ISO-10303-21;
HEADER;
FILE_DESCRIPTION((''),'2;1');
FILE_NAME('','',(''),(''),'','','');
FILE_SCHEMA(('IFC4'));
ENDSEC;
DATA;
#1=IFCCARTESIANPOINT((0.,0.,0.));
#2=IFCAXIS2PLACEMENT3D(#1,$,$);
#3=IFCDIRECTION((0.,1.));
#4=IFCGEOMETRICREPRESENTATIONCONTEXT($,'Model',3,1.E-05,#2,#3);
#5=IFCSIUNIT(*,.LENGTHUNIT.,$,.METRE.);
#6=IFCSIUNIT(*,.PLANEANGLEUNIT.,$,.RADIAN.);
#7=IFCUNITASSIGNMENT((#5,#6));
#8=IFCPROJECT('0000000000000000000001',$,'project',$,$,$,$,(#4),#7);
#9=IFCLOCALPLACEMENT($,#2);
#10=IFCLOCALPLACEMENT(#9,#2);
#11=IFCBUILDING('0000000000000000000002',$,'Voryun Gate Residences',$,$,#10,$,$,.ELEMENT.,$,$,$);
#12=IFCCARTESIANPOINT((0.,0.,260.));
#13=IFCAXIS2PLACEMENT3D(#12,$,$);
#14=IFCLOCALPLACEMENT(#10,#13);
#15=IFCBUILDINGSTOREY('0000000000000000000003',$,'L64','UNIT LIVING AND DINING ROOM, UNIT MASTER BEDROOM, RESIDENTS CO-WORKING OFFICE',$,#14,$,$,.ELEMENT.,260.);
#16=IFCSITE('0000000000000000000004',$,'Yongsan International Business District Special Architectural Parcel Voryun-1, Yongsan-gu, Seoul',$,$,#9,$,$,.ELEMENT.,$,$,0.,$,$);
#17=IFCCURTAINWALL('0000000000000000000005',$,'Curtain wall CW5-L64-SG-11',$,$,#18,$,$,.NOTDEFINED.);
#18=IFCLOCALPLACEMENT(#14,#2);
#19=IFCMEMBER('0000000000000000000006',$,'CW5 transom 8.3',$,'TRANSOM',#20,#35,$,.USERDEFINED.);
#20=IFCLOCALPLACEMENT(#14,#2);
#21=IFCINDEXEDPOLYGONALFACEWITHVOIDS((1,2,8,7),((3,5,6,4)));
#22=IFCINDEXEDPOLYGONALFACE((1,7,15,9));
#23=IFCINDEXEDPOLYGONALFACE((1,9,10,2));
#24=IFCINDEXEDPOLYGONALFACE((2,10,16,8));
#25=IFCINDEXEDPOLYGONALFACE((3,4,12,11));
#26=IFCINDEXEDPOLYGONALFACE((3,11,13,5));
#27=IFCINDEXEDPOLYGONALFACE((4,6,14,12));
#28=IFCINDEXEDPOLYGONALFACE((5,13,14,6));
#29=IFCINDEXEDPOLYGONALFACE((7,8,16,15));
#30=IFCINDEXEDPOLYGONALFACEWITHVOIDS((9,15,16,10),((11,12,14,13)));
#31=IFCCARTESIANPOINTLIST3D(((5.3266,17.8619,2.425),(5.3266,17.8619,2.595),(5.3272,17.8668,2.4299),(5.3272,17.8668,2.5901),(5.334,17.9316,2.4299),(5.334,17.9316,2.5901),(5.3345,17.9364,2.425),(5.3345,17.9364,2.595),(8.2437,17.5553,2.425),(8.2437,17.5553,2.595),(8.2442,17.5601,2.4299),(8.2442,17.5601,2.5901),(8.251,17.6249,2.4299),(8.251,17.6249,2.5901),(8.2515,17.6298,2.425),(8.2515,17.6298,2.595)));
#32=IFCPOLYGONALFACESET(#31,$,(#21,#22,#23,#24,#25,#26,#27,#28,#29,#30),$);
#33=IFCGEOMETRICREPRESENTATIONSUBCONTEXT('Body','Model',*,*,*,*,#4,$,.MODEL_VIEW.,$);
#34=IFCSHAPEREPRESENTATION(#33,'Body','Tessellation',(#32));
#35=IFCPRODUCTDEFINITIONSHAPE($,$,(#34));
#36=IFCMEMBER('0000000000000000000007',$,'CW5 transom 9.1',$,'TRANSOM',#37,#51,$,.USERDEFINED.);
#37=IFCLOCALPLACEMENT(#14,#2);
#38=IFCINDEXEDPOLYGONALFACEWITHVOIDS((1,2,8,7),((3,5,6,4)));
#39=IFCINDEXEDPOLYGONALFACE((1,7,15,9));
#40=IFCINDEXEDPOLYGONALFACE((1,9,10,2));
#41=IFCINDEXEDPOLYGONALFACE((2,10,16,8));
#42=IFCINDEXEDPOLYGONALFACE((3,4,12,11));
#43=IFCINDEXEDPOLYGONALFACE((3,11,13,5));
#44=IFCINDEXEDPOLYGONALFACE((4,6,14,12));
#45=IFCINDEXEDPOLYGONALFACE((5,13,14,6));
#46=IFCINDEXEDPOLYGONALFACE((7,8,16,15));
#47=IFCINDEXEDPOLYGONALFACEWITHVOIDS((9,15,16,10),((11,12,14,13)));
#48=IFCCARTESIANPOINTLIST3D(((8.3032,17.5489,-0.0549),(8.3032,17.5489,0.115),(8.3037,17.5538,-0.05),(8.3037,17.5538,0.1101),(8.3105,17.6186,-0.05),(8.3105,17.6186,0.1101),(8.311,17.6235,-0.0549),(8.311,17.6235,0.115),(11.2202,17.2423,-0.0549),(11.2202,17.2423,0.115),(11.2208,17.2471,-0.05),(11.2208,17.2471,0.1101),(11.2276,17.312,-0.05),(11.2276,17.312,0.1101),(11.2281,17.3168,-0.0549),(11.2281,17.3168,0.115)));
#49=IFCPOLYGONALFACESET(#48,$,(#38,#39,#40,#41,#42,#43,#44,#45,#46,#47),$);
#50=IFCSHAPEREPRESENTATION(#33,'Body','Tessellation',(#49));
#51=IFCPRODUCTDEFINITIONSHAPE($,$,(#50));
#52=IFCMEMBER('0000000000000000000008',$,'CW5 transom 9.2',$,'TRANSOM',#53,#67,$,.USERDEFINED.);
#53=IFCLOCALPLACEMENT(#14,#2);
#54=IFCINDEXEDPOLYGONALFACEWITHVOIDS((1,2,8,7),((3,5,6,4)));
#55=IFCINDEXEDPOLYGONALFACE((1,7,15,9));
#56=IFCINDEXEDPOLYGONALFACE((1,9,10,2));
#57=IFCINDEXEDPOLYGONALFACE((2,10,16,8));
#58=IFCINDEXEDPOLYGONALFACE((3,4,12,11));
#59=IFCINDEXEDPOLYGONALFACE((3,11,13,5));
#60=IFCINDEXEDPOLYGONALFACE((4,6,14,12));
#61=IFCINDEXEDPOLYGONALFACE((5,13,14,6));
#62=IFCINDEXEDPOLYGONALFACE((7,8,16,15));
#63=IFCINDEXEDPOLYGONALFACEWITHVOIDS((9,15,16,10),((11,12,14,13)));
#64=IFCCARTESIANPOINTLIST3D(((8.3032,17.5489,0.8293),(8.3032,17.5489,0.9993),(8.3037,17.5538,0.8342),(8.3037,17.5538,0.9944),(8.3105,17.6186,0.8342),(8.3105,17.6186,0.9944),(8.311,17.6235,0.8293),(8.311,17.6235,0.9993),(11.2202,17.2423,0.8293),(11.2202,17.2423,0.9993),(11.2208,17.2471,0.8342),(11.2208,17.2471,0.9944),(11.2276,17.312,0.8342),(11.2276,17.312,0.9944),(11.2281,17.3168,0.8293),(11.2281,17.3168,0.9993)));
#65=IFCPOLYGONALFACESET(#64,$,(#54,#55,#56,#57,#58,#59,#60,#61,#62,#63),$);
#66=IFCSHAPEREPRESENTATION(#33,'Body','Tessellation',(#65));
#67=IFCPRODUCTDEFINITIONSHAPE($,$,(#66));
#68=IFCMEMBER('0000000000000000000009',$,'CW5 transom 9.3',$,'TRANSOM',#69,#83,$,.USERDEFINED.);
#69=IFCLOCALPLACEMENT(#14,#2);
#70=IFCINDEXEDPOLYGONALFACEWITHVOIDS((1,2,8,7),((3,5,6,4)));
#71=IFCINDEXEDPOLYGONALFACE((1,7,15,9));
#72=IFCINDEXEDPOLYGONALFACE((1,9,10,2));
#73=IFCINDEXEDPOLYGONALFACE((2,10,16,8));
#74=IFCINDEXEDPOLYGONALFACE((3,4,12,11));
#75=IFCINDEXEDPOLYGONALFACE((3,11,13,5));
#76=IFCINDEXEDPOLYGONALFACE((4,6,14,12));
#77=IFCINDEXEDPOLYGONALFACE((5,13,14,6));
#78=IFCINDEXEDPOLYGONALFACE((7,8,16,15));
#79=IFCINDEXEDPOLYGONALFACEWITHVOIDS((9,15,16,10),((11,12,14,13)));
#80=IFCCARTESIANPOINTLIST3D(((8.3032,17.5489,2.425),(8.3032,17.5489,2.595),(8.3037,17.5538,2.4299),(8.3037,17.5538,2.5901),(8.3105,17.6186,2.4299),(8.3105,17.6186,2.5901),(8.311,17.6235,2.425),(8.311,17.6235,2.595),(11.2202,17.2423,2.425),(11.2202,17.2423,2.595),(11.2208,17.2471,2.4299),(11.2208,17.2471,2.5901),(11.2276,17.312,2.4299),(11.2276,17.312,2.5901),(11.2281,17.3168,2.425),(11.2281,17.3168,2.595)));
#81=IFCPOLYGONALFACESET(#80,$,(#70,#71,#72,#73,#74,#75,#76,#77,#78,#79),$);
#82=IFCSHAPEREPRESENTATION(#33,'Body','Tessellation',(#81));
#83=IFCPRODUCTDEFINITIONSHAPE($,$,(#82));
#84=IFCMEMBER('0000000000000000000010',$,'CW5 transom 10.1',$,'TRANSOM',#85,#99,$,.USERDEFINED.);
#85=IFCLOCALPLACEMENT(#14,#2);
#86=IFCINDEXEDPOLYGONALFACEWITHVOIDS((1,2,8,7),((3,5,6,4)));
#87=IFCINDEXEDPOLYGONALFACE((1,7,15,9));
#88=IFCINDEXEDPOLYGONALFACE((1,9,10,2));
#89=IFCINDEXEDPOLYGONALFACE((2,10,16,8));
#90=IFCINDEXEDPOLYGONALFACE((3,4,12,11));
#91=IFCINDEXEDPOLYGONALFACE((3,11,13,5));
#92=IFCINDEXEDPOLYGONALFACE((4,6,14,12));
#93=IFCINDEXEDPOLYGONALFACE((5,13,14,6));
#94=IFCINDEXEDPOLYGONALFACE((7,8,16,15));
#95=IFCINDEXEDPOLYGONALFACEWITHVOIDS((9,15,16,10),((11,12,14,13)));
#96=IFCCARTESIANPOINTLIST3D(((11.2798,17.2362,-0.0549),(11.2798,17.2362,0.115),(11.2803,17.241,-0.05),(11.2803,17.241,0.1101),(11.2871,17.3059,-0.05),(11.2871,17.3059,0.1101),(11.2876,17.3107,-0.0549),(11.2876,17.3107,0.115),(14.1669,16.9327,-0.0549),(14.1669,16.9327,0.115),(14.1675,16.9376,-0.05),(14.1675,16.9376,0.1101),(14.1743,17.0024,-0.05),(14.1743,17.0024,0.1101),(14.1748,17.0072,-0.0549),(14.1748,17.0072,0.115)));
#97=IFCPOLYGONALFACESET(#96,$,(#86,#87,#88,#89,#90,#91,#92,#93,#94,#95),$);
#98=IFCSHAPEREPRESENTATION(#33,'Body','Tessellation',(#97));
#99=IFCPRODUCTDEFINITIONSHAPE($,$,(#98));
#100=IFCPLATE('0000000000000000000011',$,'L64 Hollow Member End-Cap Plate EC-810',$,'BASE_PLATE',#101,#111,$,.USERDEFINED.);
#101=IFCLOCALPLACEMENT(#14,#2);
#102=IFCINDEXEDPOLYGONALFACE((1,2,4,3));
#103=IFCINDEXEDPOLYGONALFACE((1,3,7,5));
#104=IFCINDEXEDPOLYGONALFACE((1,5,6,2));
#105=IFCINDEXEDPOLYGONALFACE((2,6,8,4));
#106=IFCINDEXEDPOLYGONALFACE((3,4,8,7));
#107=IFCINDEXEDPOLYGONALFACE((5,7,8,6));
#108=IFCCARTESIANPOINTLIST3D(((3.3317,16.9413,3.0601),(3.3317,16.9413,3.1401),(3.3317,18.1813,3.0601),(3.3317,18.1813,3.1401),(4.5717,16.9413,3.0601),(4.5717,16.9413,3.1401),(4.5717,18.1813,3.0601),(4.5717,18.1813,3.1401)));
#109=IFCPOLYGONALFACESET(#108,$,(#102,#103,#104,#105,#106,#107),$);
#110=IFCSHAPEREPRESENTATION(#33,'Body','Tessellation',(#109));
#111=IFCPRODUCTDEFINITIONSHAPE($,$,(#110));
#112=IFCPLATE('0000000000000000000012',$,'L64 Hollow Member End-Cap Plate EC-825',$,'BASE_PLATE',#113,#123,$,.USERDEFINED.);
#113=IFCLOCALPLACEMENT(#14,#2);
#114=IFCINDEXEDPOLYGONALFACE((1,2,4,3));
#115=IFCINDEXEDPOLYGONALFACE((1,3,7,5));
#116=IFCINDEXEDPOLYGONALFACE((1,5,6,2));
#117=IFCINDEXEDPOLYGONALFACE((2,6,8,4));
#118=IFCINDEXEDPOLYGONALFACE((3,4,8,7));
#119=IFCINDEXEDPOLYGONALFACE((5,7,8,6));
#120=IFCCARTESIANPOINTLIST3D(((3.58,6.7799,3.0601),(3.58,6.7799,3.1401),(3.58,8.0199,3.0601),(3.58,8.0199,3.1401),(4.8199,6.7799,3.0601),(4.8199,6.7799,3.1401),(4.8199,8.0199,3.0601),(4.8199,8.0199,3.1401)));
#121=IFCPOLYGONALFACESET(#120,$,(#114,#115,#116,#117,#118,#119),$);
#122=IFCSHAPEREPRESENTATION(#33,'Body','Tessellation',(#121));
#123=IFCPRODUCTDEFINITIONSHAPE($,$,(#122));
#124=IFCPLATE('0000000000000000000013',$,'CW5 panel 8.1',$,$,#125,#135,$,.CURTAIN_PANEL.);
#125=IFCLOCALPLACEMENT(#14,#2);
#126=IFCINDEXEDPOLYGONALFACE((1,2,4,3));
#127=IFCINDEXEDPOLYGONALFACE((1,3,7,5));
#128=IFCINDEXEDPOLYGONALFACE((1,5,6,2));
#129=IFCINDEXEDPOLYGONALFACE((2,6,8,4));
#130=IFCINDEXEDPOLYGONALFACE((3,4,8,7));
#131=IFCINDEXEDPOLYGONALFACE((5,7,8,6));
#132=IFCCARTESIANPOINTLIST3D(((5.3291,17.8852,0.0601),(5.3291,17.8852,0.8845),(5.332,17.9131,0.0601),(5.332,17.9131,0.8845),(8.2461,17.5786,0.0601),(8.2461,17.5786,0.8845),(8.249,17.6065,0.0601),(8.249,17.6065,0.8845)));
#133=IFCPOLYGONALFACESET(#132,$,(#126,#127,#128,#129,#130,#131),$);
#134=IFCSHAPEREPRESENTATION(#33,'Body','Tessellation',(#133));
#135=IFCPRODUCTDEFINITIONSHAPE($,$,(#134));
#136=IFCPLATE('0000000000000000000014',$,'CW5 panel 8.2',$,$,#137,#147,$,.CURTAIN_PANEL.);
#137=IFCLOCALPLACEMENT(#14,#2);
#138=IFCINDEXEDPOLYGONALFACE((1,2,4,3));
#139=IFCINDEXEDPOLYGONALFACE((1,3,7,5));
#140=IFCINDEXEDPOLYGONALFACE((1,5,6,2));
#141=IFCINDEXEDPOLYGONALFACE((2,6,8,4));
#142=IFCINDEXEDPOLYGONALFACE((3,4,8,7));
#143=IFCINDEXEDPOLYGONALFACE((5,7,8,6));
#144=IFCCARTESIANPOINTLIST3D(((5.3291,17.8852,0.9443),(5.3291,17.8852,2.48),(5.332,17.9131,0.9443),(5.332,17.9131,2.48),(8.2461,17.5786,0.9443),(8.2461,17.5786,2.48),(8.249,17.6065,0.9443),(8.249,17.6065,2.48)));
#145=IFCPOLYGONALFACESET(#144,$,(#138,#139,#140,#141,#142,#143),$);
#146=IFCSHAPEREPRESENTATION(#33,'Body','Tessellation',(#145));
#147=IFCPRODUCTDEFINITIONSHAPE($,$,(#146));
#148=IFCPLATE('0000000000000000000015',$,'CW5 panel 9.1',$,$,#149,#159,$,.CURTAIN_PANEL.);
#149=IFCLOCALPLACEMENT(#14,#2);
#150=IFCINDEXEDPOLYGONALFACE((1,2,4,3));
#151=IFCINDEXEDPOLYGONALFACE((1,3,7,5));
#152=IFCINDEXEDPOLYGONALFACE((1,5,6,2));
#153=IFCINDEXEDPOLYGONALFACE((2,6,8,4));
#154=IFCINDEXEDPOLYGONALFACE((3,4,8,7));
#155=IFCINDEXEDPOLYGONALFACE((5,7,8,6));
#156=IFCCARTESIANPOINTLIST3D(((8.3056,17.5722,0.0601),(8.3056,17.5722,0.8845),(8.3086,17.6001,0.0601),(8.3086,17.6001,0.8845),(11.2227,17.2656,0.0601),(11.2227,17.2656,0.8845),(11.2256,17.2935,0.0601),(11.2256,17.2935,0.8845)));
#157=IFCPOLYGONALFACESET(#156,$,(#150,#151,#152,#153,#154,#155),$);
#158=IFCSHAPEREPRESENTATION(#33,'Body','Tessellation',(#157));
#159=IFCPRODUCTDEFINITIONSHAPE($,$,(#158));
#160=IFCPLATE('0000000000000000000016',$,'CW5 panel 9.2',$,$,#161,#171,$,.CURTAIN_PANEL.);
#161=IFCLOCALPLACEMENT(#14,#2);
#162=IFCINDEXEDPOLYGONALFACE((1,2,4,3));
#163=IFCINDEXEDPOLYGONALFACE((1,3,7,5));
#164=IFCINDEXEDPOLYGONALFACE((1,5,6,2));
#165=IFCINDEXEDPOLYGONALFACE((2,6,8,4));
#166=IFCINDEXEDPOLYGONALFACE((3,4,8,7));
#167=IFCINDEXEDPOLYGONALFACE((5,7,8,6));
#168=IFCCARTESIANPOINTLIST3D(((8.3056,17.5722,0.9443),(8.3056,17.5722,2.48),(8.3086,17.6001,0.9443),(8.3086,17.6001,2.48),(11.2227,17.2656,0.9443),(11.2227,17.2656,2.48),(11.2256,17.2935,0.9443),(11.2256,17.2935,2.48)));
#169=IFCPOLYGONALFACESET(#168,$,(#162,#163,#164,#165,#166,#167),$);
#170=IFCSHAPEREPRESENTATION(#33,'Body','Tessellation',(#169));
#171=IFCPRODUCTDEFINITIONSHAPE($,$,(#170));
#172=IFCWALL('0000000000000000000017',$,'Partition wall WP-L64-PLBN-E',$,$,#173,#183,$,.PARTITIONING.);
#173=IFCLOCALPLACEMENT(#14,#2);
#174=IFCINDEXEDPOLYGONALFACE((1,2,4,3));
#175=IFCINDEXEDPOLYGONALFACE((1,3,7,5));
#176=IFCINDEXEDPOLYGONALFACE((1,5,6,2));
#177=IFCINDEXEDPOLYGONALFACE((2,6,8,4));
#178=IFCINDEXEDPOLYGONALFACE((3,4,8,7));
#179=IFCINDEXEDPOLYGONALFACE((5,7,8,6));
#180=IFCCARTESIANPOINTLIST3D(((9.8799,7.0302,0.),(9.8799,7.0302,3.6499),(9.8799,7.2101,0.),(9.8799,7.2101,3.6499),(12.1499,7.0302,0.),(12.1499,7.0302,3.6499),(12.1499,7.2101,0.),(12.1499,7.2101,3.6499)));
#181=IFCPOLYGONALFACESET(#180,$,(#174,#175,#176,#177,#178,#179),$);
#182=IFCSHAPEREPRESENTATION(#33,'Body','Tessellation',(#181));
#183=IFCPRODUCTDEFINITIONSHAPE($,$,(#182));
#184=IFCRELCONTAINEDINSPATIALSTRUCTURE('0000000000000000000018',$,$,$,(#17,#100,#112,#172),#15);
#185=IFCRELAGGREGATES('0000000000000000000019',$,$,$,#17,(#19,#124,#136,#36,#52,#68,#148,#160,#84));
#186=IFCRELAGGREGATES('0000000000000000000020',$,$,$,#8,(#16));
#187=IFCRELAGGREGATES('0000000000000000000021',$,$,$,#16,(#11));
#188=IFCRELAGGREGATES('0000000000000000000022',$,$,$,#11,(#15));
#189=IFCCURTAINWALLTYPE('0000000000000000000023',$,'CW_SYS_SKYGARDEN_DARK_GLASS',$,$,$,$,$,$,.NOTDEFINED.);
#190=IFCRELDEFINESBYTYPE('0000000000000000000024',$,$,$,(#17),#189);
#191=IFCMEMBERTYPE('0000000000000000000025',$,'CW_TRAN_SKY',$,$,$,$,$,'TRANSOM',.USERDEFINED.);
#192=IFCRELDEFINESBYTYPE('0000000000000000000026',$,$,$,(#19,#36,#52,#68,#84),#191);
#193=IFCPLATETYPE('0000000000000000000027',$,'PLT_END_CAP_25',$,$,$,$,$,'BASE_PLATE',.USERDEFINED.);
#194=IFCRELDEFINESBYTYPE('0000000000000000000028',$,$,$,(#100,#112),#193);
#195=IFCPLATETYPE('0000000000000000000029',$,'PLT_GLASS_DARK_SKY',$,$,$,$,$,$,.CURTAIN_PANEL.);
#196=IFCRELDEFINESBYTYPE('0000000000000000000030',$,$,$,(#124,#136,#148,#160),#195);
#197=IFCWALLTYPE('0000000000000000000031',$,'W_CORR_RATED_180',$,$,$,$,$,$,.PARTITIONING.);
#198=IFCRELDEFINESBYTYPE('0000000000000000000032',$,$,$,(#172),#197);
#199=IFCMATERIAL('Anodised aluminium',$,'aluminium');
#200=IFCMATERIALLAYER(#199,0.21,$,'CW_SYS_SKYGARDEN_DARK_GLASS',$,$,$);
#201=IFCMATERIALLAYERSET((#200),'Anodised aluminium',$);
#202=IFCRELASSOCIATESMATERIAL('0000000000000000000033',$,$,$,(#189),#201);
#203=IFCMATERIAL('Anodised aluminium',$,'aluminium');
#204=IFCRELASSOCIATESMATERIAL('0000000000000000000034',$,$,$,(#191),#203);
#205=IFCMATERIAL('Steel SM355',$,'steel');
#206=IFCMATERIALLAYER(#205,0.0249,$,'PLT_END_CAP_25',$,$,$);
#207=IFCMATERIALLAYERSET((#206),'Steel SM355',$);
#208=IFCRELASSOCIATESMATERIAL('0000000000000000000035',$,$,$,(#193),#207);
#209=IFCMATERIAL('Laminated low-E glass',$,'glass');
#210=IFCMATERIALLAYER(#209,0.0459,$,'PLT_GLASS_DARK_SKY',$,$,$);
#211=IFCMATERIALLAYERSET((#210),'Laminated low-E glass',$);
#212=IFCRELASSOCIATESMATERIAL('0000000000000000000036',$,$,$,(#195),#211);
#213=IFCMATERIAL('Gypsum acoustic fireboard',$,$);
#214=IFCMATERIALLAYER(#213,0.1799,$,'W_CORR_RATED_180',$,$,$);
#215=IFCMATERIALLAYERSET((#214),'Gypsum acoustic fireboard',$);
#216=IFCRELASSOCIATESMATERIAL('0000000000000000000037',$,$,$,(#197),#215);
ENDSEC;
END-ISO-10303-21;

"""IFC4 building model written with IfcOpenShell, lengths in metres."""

from ifc_helpers import new_model, si_unit, direction, frame, frame_2d, origin, origin_2d, place, context, subcontext, project, spatial, rectangle, hollow_rectangle, extrude, material, layer, layer_set, material_profile, profile_set, type_object, element, aggregate, save


model = new_model("IFC4")

# Units and contexts
model_context = context("Model", 3, precision=1e-05, world=origin(), true_north=direction((0.0, 1.0)))
body_context = subcontext(model_context, "Body", "Model", "MODEL_VIEW")
ifc_project = project(units=[si_unit("LENGTHUNIT", "METRE"), si_unit("PLANEANGLEUNIT", "RADIAN")], contexts=[model_context])

# Site, building, storey
site_placement = place(None, origin())
site = spatial("IfcSite", under=ifc_project, at=site_placement, Name="Yongsan International Business District Special Architectural Parcel Voryun-1, Yongsan-gu, Seoul", CompositionType="ELEMENT", RefElevation=0.0)
building_placement = place(site_placement, origin())
building = spatial("IfcBuilding", under=site, at=building_placement, Name="Voryun Gate Residences", CompositionType="ELEMENT")
storey_placement = place(building_placement, frame((0.0, 0.0, 260.0)))
storey = spatial("IfcBuildingStorey", under=building, at=storey_placement, Name="L64", Description="UNIT LIVING AND DINING ROOM, UNIT MASTER BEDROOM, RESIDENTS CO-WORKING OFFICE", CompositionType="ELEMENT", Elevation=260.0)

# Curtain wall, members
ifc_material_1 = material(Name="Anodised aluminium", Category="aluminium")
ifc_layer_1 = layer(ifc_material_1, 0.21, Name="CW_SYS_SKYGARDEN_DARK_GLASS")
ifc_layer_set_1 = layer_set([ifc_layer_1], Name="Anodised aluminium")
curtain_wall_type = type_object("IfcCurtainWallType", Name="CW_SYS_SKYGARDEN_DARK_GLASS", PredefinedType="NOTDEFINED", material=ifc_layer_set_1)
curtain_wall_placement = place(storey_placement, origin())
curtain_wall = element("IfcCurtainWall", 1, at=curtain_wall_placement, inside=storey, type_object=curtain_wall_type, Name="Curtain wall CW5-L64-SG-11", PredefinedType="NOTDEFINED")
ifc_material_2 = material(Name="Anodised aluminium", Category="aluminium")
ifc_material_profile_1 = material_profile(ifc_material_2, hollow_rectangle(XDim=0.075, YDim=0.1699, WallThickness=0.0049, at=origin_2d()), Name="ALU-TRAN-170x75x5")
ifc_profile_set_1 = profile_set([ifc_material_profile_1], Name="Anodised aluminium")
member_type_1 = type_object("IfcMemberType", Name="CW_TRAN_SKY", ElementType="TRANSOM", PredefinedType="USERDEFINED", material=ifc_profile_set_1)
member_1_placement = place(storey_placement, frame((5.3306, 17.8992, 2.51), z_axis=(0.99452, -0.104546, 0.0), x_axis=(0.104546, 0.99452, 0.0)))
member_1 = element("IfcMember", 2, at=member_1_placement, type_object=member_type_1, Name="CW5 transom 8.3", ObjectType="TRANSOM", PredefinedType="USERDEFINED", context=body_context, shape_type="SweptSolid", body=[
    extrude(hollow_rectangle(XDim=0.075, YDim=0.1699, WallThickness=0.0049, at=origin_2d()), origin(), (0.0, 0.0, 1.0), 2.9331),
])
member_2_placement = place(storey_placement, frame((8.3071, 17.5862, 0.03), z_axis=(0.99452, -0.104546, 0.0), x_axis=(0.104546, 0.99452, 0.0)))
member_2 = element("IfcMember", 3, at=member_2_placement, type_object=member_type_1, Name="CW5 transom 9.1", ObjectType="TRANSOM", PredefinedType="USERDEFINED", context=body_context, shape_type="SweptSolid", body=[
    extrude(hollow_rectangle(XDim=0.075, YDim=0.1699, WallThickness=0.0049, at=origin_2d()), origin(), (0.0, 0.0, 1.0), 2.9331),
])
member_3_placement = place(storey_placement, frame((8.3071, 17.5862, 0.9143), z_axis=(0.99452, -0.104546, 0.0), x_axis=(0.104546, 0.99452, 0.0)))
member_3 = element("IfcMember", 4, at=member_3_placement, type_object=member_type_1, Name="CW5 transom 9.2", ObjectType="TRANSOM", PredefinedType="USERDEFINED", context=body_context, shape_type="SweptSolid", body=[
    extrude(hollow_rectangle(XDim=0.075, YDim=0.1699, WallThickness=0.0049, at=origin_2d()), origin(), (0.0, 0.0, 1.0), 2.9331),
])
member_4_placement = place(storey_placement, frame((8.3071, 17.5862, 2.51), z_axis=(0.99452, -0.104546, 0.0), x_axis=(0.104546, 0.99452, 0.0)))
member_4 = element("IfcMember", 5, at=member_4_placement, type_object=member_type_1, Name="CW5 transom 9.3", ObjectType="TRANSOM", PredefinedType="USERDEFINED", context=body_context, shape_type="SweptSolid", body=[
    extrude(hollow_rectangle(XDim=0.075, YDim=0.1699, WallThickness=0.0049, at=origin_2d()), origin(), (0.0, 0.0, 1.0), 2.9331),
])
member_5_placement = place(storey_placement, frame((11.2837, 17.2734, 0.03), z_axis=(0.994522, -0.104532, 0.0), x_axis=(0.104532, 0.994522, 0.0)))
member_5 = element("IfcMember", 6, at=member_5_placement, type_object=member_type_1, Name="CW5 transom 10.1", ObjectType="TRANSOM", PredefinedType="USERDEFINED", context=body_context, shape_type="SweptSolid", body=[
    extrude(hollow_rectangle(XDim=0.075, YDim=0.1699, WallThickness=0.0049, at=origin_2d()), origin(), (0.0, 0.0, 1.0), 2.9031),
])

# Plates
ifc_material_3 = material(Name="Steel SM355", Category="steel")
ifc_layer_2 = layer(ifc_material_3, 0.0249, Name="PLT_END_CAP_25")
ifc_layer_set_2 = layer_set([ifc_layer_2], Name="Steel SM355")
plate_type_1 = type_object("IfcPlateType", Name="PLT_END_CAP_25", ElementType="BASE_PLATE", PredefinedType="USERDEFINED", material=ifc_layer_set_2)
for number, where, z_axis, x_axis, name in (
    (7, (3.9517, 17.5613, 3.0601), (0.0, 0.0, 1.0), (1.0, 0.0, 0.0), "L64 Hollow Member End-Cap Plate EC-810"),
    (8, (4.2, 7.3999, 3.0601), (0.0, 0.0, 1.0), (1.0, 0.0, 0.0), "L64 Hollow Member End-Cap Plate EC-825"),
):
    element("IfcPlate", number, at=place(storey_placement, frame(where, z_axis=z_axis, x_axis=x_axis)), inside=storey, type_object=plate_type_1, Name=name, ObjectType="BASE_PLATE", PredefinedType="USERDEFINED", context=body_context, shape_type="SweptSolid", body=[
        extrude(rectangle(XDim=1.24, YDim=1.24, at=origin_2d()), origin(), (0.0, 0.0, 1.0), 0.0801),
    ])

# Plates
ifc_material_4 = material(Name="Laminated low-E glass", Category="glass")
ifc_layer_3 = layer(ifc_material_4, 0.0459, Name="PLT_GLASS_DARK_SKY")
ifc_layer_set_3 = layer_set([ifc_layer_3], Name="Laminated low-E glass")
plate_type_2 = type_object("IfcPlateType", Name="PLT_GLASS_DARK_SKY", PredefinedType="CURTAIN_PANEL", material=ifc_layer_set_3)
plate_1_placement = place(storey_placement, frame((6.7891, 17.7458, 0.0601), z_axis=(0.0, 0.0, 1.0), x_axis=(0.994521, -0.104532, 0.0)))
plate_1 = element("IfcPlate", 9, at=plate_1_placement, type_object=plate_type_2, Name="CW5 panel 8.1", PredefinedType="CURTAIN_PANEL", context=body_context, shape_type="SweptSolid", body=[
    extrude(rectangle(XDim=2.9331, YDim=0.0281, at=origin_2d()), origin(), (0.0, 0.0, 1.0), 0.8245),
])
plate_2_placement = place(storey_placement, frame((6.7891, 17.7458, 0.9443), z_axis=(0.0, 0.0, 1.0), x_axis=(0.994521, -0.104532, 0.0)))
plate_2 = element("IfcPlate", 10, at=plate_2_placement, type_object=plate_type_2, Name="CW5 panel 8.2", PredefinedType="CURTAIN_PANEL", context=body_context, shape_type="SweptSolid", body=[
    extrude(rectangle(XDim=2.9331, YDim=0.0281, at=origin_2d()), origin(), (0.0, 0.0, 1.0), 1.5356),
])
plate_3_placement = place(storey_placement, frame((9.7656, 17.4329, 0.0601), z_axis=(0.0, 0.0, 1.0), x_axis=(0.994521, -0.104532, 0.0)))
plate_3 = element("IfcPlate", 11, at=plate_3_placement, type_object=plate_type_2, Name="CW5 panel 9.1", PredefinedType="CURTAIN_PANEL", context=body_context, shape_type="SweptSolid", body=[
    extrude(rectangle(XDim=2.9331, YDim=0.0281, at=origin_2d()), origin(), (0.0, 0.0, 1.0), 0.8245),
])
plate_4_placement = place(storey_placement, frame((9.7656, 17.4329, 0.9443), z_axis=(0.0, 0.0, 1.0), x_axis=(0.994521, -0.104532, 0.0)))
plate_4 = element("IfcPlate", 12, at=plate_4_placement, type_object=plate_type_2, Name="CW5 panel 9.2", PredefinedType="CURTAIN_PANEL", context=body_context, shape_type="SweptSolid", body=[
    extrude(rectangle(XDim=2.9331, YDim=0.0281, at=origin_2d()), origin(), (0.0, 0.0, 1.0), 1.5356),
])
aggregate(curtain_wall, [member_1, plate_1, plate_2, member_2, member_3, member_4, plate_3, plate_4, member_5])

# Wall
ifc_material_5 = material(Name="Gypsum acoustic fireboard")
ifc_layer_4 = layer(ifc_material_5, 0.1799, Name="W_CORR_RATED_180")
ifc_layer_set_4 = layer_set([ifc_layer_4], Name="Gypsum acoustic fireboard")
wall_type_1 = type_object("IfcWallType", Name="W_CORR_RATED_180", PredefinedType="PARTITIONING", material=ifc_layer_set_4)
wall_1_placement = place(storey_placement, frame((9.8799, 7.1201, 0.0), z_axis=(0.0, 0.0, 1.0), x_axis=(1.0, 0.0, 0.0)))
element("IfcWall", 13, at=wall_1_placement, inside=storey, type_object=wall_type_1, Name="Partition wall WP-L64-PLBN-E", PredefinedType="PARTITIONING", context=body_context, shape_type="SweptSolid", body=[
    extrude(rectangle(XDim=2.27, YDim=0.1799, at=frame_2d((1.135, 0.0))), origin(), (0.0, 0.0, 1.0), 3.6499),
])

save(model, "model.ifc")
